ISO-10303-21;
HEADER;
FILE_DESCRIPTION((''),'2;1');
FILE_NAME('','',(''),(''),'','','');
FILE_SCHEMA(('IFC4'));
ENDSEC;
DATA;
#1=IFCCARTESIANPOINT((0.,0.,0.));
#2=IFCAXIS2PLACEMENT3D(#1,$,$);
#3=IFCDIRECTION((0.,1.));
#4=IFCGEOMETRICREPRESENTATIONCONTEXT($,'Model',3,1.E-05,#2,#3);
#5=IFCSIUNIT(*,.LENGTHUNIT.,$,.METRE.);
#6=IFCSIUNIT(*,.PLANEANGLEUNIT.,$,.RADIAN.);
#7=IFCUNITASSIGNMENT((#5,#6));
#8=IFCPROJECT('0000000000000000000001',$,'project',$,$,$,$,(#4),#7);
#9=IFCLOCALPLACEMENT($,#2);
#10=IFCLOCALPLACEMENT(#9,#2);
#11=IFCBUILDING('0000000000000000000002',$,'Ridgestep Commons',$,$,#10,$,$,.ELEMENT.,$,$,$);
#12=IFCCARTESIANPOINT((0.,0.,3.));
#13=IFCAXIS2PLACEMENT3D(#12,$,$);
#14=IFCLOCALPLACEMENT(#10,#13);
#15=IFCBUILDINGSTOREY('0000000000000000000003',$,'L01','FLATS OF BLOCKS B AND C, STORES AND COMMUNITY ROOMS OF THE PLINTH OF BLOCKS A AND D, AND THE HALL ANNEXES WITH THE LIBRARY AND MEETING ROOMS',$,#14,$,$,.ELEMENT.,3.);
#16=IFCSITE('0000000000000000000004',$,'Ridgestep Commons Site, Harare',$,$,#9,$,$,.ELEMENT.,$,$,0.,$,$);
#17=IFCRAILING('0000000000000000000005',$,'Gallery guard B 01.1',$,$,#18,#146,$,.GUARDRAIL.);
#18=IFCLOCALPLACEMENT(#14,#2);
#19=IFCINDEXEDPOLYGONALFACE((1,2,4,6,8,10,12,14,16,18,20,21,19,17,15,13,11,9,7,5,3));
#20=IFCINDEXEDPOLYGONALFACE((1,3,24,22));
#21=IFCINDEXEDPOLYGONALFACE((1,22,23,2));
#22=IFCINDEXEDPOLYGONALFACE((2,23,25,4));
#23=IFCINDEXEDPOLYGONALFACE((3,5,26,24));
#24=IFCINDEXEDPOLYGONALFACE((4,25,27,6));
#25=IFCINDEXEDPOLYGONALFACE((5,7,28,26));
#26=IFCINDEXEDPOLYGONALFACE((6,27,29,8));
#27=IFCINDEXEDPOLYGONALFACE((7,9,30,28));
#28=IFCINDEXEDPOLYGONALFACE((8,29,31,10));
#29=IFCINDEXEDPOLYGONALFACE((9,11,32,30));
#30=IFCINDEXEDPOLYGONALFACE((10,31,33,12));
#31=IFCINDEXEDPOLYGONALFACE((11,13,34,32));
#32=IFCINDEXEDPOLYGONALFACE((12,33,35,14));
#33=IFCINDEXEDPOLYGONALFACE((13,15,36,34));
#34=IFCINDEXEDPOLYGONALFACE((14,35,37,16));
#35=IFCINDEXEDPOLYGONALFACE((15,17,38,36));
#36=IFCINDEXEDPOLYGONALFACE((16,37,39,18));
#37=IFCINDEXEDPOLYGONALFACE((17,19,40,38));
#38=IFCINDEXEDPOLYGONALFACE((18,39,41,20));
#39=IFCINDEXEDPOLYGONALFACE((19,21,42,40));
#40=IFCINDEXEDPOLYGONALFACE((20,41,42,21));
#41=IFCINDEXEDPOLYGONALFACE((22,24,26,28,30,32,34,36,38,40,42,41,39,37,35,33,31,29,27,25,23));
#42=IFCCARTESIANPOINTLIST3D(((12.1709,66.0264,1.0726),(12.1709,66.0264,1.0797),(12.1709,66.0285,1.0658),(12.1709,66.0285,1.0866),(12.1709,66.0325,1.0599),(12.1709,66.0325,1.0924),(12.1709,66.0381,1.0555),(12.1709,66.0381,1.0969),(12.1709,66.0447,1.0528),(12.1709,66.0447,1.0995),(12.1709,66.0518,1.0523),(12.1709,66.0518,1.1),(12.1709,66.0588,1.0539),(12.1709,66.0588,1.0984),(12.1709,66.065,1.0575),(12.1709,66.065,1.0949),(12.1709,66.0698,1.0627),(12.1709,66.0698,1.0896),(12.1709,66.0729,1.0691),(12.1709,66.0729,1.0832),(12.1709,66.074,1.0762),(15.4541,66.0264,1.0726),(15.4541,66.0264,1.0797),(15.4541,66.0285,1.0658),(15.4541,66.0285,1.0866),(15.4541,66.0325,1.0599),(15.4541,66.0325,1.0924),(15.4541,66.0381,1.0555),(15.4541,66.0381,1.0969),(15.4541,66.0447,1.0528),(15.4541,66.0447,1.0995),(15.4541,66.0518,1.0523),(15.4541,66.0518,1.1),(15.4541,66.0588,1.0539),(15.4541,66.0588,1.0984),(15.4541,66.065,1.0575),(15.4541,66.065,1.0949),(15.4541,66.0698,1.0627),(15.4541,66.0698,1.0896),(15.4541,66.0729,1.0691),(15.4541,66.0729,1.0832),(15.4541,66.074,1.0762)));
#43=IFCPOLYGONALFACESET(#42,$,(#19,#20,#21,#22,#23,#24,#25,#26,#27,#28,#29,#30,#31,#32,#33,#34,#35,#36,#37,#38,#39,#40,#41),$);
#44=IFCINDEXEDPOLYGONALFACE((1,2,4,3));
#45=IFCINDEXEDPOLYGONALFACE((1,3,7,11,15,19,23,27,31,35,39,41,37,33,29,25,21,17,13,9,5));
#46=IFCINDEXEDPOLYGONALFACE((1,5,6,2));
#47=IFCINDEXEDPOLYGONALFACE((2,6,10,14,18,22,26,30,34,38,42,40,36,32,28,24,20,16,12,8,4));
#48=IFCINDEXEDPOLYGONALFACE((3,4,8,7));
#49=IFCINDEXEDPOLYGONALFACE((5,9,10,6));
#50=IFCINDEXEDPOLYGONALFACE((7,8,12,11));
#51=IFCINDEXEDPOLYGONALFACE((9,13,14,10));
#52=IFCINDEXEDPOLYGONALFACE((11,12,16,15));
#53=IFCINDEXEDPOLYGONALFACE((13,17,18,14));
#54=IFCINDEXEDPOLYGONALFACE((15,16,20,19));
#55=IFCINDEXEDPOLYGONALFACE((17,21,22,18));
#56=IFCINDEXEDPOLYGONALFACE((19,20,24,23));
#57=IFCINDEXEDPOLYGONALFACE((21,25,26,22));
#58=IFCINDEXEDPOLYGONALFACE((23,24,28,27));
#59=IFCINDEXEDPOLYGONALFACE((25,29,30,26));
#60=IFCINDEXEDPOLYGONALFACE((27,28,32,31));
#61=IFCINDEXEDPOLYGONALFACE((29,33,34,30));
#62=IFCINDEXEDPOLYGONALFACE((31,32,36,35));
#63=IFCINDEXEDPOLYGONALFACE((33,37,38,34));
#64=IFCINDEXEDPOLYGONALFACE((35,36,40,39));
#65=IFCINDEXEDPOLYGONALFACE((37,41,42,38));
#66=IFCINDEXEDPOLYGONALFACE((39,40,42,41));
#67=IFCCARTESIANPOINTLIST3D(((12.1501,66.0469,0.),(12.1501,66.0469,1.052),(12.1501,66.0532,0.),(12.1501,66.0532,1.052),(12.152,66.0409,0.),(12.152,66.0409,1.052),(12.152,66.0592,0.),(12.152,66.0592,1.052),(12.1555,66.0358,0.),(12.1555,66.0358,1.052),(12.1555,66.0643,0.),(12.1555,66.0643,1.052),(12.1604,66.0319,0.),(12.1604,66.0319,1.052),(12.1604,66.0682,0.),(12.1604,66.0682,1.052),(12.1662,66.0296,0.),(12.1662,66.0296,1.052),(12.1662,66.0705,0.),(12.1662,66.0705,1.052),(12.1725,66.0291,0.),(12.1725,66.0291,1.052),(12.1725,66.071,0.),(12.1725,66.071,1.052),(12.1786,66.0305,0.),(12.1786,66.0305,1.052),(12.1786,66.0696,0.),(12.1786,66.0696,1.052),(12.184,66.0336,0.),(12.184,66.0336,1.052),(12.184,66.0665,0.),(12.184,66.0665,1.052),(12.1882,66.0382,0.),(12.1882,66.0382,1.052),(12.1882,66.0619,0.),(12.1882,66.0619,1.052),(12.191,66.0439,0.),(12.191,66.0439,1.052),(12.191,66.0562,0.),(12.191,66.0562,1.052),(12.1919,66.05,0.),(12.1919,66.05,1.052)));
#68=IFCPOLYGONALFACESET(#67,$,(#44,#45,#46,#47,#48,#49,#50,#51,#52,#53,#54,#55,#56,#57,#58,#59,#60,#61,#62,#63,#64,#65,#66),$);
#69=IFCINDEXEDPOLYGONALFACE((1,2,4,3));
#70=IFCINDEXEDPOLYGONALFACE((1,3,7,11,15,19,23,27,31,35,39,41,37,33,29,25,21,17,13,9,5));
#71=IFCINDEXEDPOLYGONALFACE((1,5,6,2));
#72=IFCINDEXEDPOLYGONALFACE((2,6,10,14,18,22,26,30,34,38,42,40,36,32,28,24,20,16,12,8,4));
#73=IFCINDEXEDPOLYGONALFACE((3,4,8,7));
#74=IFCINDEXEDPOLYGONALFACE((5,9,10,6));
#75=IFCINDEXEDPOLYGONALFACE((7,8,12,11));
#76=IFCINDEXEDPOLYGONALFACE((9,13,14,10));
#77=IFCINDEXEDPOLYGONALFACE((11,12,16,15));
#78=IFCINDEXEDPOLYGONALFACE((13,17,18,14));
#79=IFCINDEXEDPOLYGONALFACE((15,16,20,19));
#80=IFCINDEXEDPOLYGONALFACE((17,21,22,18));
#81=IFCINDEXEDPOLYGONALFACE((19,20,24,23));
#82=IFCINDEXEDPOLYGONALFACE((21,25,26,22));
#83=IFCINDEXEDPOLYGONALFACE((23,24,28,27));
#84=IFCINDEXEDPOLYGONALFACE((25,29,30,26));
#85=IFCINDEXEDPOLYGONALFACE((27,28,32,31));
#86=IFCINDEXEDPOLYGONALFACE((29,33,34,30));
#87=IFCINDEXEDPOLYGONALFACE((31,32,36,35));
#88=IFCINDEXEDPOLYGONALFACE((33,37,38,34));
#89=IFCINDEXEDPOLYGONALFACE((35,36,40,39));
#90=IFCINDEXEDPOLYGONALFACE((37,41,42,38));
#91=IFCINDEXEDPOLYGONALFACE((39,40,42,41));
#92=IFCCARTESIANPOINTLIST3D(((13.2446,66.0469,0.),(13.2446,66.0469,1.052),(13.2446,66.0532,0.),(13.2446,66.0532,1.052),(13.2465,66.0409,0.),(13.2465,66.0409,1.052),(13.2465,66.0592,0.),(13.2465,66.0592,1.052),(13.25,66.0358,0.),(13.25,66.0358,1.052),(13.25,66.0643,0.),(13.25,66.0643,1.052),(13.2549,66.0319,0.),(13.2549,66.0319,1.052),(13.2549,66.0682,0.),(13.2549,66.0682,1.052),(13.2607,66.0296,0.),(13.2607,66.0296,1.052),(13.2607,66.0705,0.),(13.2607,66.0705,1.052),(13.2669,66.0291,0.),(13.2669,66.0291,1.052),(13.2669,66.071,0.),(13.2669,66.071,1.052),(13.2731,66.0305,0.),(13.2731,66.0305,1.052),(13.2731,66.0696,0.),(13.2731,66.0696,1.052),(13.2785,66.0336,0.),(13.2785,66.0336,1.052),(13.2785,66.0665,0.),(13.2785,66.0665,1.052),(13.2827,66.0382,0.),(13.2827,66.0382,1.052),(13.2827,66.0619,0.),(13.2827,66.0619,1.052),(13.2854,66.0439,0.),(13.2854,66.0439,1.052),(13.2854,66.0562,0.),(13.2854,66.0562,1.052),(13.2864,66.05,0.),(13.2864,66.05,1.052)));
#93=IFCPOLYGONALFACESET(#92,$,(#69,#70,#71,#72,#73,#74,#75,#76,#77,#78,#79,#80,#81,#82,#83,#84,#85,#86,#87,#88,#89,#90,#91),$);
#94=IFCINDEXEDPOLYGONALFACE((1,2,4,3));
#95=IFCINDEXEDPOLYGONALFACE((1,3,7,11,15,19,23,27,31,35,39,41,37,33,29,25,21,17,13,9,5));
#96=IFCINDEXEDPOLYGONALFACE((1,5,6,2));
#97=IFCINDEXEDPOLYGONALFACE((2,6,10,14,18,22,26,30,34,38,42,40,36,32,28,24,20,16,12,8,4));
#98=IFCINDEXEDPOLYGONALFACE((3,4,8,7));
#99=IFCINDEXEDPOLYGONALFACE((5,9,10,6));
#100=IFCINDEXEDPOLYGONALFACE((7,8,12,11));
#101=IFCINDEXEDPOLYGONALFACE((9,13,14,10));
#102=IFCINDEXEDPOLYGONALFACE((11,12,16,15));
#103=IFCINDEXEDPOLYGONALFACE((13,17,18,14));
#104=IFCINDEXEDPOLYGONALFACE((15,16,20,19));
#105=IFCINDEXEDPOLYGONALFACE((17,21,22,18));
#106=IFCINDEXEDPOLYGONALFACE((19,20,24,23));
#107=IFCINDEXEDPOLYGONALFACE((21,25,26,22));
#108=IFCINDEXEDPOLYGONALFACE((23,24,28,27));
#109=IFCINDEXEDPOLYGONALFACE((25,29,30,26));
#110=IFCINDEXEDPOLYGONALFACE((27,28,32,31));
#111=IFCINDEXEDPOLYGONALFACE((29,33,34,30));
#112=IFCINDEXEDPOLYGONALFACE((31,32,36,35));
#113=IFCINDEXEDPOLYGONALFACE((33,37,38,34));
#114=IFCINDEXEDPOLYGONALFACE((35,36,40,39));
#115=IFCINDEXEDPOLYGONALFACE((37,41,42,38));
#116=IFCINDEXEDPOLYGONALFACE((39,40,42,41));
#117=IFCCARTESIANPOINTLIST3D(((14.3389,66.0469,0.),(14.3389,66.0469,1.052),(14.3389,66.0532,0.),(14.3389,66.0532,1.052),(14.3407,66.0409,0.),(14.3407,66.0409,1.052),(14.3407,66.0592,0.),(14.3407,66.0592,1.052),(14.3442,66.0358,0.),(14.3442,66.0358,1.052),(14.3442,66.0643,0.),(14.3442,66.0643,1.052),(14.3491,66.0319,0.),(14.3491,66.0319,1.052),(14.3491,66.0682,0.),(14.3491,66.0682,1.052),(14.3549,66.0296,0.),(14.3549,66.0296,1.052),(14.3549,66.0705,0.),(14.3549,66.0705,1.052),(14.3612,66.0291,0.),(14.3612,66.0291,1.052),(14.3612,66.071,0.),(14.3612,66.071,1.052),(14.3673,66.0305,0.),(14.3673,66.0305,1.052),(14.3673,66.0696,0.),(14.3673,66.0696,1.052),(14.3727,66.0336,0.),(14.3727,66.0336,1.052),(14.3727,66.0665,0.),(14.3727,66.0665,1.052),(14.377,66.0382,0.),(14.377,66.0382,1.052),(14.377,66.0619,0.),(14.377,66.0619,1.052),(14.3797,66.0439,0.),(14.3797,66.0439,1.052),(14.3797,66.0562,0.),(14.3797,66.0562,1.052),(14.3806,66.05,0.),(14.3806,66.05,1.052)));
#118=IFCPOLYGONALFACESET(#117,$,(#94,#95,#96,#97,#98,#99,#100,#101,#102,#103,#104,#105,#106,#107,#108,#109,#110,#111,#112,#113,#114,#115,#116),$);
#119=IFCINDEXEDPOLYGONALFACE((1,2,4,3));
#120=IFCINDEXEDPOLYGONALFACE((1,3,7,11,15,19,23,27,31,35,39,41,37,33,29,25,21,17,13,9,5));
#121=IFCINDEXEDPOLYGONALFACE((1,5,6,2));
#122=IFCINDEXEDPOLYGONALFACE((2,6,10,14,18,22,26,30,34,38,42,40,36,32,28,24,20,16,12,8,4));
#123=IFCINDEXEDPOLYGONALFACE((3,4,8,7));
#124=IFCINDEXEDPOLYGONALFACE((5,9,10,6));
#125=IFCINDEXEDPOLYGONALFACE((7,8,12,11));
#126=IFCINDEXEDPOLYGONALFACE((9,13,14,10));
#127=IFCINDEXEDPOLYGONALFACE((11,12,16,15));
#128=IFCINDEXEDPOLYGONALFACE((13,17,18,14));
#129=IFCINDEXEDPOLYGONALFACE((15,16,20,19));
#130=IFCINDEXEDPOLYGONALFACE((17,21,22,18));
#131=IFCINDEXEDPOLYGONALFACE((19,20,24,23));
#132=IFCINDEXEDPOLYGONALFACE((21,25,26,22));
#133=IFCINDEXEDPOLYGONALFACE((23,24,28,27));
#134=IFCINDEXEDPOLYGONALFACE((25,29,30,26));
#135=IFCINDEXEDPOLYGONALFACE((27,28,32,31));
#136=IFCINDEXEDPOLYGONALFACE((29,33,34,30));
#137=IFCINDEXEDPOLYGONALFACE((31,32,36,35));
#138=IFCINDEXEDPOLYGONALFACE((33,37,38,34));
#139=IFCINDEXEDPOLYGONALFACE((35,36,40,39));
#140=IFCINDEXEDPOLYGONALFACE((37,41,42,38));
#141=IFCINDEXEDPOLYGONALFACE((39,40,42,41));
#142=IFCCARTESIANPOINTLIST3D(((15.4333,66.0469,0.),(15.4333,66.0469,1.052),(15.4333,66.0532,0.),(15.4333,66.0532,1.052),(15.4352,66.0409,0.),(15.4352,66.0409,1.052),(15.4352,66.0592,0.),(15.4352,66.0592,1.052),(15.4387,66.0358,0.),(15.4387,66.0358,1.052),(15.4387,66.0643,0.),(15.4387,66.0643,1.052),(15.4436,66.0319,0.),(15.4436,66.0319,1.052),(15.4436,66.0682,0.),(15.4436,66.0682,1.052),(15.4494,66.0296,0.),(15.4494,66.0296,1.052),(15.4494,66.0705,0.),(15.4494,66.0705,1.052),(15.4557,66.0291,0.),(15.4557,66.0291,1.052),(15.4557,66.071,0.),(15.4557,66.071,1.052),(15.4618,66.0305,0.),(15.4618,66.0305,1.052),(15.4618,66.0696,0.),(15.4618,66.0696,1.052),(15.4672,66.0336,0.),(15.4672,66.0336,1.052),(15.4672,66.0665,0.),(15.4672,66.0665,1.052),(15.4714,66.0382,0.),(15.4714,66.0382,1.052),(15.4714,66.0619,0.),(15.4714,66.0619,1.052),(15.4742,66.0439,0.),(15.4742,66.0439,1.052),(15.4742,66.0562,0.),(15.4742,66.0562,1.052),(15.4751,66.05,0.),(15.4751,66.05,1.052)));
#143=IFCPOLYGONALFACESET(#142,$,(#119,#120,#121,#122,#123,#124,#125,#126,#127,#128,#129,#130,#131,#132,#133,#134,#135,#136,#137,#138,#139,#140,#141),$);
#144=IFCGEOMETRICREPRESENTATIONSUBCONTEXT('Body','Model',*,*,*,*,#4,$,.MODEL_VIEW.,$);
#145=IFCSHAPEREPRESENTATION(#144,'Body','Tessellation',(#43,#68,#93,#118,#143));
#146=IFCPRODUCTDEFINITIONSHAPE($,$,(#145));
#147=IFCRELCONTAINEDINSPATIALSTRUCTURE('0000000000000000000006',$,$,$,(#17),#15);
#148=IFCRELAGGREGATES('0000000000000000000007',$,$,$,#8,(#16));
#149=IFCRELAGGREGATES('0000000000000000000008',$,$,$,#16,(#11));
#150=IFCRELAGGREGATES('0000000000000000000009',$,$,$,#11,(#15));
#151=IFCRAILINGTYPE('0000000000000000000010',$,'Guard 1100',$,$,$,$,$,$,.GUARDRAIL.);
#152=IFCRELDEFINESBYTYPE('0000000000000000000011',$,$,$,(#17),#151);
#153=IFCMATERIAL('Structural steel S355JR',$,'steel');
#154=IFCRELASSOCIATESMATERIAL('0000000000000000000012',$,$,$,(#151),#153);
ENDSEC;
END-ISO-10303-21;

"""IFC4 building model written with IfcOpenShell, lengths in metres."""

from ifc_helpers import new_model, si_unit, direction, frame, origin, origin_2d, place, context, subcontext, project, spatial, circle, extrude, material, type_object, element, save


model = new_model("IFC4")

# Units and contexts
model_context = context("Model", 3, precision=1e-05, world=origin(), true_north=direction((0.0, 1.0)))
body_context = subcontext(model_context, "Body", "Model", "MODEL_VIEW")
ifc_project = project(units=[si_unit("LENGTHUNIT", "METRE"), si_unit("PLANEANGLEUNIT", "RADIAN")], contexts=[model_context])

# Site, building, storey
site_placement = place(None, origin())
site = spatial("IfcSite", under=ifc_project, at=site_placement, Name="Ridgestep Commons Site, Harare", CompositionType="ELEMENT", RefElevation=0.0)
building_placement = place(site_placement, origin())
building = spatial("IfcBuilding", under=site, at=building_placement, Name="Ridgestep Commons", CompositionType="ELEMENT")
storey_placement = place(building_placement, frame((0.0, 0.0, 3.0)))
storey = spatial("IfcBuildingStorey", under=building, at=storey_placement, Name="L01", Description="FLATS OF BLOCKS B AND C, STORES AND COMMUNITY ROOMS OF THE PLINTH OF BLOCKS A AND D, AND THE HALL ANNEXES WITH THE LIBRARY AND MEETING ROOMS", CompositionType="ELEMENT", Elevation=3.0)

# Railing
ifc_material_1 = material(Name="Structural steel S355JR", Category="steel")
railing_type = type_object("IfcRailingType", Name="Guard 1100", PredefinedType="GUARDRAIL", material=ifc_material_1)
railing_1_placement = place(storey_placement, frame((12.1709, 66.05, 0.0)))
element("IfcRailing", 1, at=railing_1_placement, inside=storey, type_object=railing_type, Name="Gallery guard B 01.1", PredefinedType="GUARDRAIL", context=body_context, shape_type="SweptSolid", body=[
    extrude(circle(Radius=0.0239, at=origin_2d()), frame((0.0, 0.0, 1.0762), z_axis=(1.0, 0.0, 0.0), x_axis=(0.0, 1.0, 0.0)), (0.0, 0.0, 1.0), 3.2832),
    extrude(circle(Radius=0.021, at=origin_2d()), origin(), (0.0, 0.0, 1.0), 1.052),
    extrude(circle(Radius=0.021, at=origin_2d()), frame((1.0945, 0.0, 0.0)), (0.0, 0.0, 1.0), 1.052),
    extrude(circle(Radius=0.021, at=origin_2d()), frame((2.1887, 0.0, 0.0)), (0.0, 0.0, 1.0), 1.052),
    extrude(circle(Radius=0.021, at=origin_2d()), frame((3.2832, 0.0, 0.0)), (0.0, 0.0, 1.0), 1.052),
])

save(model, "model.ifc")
